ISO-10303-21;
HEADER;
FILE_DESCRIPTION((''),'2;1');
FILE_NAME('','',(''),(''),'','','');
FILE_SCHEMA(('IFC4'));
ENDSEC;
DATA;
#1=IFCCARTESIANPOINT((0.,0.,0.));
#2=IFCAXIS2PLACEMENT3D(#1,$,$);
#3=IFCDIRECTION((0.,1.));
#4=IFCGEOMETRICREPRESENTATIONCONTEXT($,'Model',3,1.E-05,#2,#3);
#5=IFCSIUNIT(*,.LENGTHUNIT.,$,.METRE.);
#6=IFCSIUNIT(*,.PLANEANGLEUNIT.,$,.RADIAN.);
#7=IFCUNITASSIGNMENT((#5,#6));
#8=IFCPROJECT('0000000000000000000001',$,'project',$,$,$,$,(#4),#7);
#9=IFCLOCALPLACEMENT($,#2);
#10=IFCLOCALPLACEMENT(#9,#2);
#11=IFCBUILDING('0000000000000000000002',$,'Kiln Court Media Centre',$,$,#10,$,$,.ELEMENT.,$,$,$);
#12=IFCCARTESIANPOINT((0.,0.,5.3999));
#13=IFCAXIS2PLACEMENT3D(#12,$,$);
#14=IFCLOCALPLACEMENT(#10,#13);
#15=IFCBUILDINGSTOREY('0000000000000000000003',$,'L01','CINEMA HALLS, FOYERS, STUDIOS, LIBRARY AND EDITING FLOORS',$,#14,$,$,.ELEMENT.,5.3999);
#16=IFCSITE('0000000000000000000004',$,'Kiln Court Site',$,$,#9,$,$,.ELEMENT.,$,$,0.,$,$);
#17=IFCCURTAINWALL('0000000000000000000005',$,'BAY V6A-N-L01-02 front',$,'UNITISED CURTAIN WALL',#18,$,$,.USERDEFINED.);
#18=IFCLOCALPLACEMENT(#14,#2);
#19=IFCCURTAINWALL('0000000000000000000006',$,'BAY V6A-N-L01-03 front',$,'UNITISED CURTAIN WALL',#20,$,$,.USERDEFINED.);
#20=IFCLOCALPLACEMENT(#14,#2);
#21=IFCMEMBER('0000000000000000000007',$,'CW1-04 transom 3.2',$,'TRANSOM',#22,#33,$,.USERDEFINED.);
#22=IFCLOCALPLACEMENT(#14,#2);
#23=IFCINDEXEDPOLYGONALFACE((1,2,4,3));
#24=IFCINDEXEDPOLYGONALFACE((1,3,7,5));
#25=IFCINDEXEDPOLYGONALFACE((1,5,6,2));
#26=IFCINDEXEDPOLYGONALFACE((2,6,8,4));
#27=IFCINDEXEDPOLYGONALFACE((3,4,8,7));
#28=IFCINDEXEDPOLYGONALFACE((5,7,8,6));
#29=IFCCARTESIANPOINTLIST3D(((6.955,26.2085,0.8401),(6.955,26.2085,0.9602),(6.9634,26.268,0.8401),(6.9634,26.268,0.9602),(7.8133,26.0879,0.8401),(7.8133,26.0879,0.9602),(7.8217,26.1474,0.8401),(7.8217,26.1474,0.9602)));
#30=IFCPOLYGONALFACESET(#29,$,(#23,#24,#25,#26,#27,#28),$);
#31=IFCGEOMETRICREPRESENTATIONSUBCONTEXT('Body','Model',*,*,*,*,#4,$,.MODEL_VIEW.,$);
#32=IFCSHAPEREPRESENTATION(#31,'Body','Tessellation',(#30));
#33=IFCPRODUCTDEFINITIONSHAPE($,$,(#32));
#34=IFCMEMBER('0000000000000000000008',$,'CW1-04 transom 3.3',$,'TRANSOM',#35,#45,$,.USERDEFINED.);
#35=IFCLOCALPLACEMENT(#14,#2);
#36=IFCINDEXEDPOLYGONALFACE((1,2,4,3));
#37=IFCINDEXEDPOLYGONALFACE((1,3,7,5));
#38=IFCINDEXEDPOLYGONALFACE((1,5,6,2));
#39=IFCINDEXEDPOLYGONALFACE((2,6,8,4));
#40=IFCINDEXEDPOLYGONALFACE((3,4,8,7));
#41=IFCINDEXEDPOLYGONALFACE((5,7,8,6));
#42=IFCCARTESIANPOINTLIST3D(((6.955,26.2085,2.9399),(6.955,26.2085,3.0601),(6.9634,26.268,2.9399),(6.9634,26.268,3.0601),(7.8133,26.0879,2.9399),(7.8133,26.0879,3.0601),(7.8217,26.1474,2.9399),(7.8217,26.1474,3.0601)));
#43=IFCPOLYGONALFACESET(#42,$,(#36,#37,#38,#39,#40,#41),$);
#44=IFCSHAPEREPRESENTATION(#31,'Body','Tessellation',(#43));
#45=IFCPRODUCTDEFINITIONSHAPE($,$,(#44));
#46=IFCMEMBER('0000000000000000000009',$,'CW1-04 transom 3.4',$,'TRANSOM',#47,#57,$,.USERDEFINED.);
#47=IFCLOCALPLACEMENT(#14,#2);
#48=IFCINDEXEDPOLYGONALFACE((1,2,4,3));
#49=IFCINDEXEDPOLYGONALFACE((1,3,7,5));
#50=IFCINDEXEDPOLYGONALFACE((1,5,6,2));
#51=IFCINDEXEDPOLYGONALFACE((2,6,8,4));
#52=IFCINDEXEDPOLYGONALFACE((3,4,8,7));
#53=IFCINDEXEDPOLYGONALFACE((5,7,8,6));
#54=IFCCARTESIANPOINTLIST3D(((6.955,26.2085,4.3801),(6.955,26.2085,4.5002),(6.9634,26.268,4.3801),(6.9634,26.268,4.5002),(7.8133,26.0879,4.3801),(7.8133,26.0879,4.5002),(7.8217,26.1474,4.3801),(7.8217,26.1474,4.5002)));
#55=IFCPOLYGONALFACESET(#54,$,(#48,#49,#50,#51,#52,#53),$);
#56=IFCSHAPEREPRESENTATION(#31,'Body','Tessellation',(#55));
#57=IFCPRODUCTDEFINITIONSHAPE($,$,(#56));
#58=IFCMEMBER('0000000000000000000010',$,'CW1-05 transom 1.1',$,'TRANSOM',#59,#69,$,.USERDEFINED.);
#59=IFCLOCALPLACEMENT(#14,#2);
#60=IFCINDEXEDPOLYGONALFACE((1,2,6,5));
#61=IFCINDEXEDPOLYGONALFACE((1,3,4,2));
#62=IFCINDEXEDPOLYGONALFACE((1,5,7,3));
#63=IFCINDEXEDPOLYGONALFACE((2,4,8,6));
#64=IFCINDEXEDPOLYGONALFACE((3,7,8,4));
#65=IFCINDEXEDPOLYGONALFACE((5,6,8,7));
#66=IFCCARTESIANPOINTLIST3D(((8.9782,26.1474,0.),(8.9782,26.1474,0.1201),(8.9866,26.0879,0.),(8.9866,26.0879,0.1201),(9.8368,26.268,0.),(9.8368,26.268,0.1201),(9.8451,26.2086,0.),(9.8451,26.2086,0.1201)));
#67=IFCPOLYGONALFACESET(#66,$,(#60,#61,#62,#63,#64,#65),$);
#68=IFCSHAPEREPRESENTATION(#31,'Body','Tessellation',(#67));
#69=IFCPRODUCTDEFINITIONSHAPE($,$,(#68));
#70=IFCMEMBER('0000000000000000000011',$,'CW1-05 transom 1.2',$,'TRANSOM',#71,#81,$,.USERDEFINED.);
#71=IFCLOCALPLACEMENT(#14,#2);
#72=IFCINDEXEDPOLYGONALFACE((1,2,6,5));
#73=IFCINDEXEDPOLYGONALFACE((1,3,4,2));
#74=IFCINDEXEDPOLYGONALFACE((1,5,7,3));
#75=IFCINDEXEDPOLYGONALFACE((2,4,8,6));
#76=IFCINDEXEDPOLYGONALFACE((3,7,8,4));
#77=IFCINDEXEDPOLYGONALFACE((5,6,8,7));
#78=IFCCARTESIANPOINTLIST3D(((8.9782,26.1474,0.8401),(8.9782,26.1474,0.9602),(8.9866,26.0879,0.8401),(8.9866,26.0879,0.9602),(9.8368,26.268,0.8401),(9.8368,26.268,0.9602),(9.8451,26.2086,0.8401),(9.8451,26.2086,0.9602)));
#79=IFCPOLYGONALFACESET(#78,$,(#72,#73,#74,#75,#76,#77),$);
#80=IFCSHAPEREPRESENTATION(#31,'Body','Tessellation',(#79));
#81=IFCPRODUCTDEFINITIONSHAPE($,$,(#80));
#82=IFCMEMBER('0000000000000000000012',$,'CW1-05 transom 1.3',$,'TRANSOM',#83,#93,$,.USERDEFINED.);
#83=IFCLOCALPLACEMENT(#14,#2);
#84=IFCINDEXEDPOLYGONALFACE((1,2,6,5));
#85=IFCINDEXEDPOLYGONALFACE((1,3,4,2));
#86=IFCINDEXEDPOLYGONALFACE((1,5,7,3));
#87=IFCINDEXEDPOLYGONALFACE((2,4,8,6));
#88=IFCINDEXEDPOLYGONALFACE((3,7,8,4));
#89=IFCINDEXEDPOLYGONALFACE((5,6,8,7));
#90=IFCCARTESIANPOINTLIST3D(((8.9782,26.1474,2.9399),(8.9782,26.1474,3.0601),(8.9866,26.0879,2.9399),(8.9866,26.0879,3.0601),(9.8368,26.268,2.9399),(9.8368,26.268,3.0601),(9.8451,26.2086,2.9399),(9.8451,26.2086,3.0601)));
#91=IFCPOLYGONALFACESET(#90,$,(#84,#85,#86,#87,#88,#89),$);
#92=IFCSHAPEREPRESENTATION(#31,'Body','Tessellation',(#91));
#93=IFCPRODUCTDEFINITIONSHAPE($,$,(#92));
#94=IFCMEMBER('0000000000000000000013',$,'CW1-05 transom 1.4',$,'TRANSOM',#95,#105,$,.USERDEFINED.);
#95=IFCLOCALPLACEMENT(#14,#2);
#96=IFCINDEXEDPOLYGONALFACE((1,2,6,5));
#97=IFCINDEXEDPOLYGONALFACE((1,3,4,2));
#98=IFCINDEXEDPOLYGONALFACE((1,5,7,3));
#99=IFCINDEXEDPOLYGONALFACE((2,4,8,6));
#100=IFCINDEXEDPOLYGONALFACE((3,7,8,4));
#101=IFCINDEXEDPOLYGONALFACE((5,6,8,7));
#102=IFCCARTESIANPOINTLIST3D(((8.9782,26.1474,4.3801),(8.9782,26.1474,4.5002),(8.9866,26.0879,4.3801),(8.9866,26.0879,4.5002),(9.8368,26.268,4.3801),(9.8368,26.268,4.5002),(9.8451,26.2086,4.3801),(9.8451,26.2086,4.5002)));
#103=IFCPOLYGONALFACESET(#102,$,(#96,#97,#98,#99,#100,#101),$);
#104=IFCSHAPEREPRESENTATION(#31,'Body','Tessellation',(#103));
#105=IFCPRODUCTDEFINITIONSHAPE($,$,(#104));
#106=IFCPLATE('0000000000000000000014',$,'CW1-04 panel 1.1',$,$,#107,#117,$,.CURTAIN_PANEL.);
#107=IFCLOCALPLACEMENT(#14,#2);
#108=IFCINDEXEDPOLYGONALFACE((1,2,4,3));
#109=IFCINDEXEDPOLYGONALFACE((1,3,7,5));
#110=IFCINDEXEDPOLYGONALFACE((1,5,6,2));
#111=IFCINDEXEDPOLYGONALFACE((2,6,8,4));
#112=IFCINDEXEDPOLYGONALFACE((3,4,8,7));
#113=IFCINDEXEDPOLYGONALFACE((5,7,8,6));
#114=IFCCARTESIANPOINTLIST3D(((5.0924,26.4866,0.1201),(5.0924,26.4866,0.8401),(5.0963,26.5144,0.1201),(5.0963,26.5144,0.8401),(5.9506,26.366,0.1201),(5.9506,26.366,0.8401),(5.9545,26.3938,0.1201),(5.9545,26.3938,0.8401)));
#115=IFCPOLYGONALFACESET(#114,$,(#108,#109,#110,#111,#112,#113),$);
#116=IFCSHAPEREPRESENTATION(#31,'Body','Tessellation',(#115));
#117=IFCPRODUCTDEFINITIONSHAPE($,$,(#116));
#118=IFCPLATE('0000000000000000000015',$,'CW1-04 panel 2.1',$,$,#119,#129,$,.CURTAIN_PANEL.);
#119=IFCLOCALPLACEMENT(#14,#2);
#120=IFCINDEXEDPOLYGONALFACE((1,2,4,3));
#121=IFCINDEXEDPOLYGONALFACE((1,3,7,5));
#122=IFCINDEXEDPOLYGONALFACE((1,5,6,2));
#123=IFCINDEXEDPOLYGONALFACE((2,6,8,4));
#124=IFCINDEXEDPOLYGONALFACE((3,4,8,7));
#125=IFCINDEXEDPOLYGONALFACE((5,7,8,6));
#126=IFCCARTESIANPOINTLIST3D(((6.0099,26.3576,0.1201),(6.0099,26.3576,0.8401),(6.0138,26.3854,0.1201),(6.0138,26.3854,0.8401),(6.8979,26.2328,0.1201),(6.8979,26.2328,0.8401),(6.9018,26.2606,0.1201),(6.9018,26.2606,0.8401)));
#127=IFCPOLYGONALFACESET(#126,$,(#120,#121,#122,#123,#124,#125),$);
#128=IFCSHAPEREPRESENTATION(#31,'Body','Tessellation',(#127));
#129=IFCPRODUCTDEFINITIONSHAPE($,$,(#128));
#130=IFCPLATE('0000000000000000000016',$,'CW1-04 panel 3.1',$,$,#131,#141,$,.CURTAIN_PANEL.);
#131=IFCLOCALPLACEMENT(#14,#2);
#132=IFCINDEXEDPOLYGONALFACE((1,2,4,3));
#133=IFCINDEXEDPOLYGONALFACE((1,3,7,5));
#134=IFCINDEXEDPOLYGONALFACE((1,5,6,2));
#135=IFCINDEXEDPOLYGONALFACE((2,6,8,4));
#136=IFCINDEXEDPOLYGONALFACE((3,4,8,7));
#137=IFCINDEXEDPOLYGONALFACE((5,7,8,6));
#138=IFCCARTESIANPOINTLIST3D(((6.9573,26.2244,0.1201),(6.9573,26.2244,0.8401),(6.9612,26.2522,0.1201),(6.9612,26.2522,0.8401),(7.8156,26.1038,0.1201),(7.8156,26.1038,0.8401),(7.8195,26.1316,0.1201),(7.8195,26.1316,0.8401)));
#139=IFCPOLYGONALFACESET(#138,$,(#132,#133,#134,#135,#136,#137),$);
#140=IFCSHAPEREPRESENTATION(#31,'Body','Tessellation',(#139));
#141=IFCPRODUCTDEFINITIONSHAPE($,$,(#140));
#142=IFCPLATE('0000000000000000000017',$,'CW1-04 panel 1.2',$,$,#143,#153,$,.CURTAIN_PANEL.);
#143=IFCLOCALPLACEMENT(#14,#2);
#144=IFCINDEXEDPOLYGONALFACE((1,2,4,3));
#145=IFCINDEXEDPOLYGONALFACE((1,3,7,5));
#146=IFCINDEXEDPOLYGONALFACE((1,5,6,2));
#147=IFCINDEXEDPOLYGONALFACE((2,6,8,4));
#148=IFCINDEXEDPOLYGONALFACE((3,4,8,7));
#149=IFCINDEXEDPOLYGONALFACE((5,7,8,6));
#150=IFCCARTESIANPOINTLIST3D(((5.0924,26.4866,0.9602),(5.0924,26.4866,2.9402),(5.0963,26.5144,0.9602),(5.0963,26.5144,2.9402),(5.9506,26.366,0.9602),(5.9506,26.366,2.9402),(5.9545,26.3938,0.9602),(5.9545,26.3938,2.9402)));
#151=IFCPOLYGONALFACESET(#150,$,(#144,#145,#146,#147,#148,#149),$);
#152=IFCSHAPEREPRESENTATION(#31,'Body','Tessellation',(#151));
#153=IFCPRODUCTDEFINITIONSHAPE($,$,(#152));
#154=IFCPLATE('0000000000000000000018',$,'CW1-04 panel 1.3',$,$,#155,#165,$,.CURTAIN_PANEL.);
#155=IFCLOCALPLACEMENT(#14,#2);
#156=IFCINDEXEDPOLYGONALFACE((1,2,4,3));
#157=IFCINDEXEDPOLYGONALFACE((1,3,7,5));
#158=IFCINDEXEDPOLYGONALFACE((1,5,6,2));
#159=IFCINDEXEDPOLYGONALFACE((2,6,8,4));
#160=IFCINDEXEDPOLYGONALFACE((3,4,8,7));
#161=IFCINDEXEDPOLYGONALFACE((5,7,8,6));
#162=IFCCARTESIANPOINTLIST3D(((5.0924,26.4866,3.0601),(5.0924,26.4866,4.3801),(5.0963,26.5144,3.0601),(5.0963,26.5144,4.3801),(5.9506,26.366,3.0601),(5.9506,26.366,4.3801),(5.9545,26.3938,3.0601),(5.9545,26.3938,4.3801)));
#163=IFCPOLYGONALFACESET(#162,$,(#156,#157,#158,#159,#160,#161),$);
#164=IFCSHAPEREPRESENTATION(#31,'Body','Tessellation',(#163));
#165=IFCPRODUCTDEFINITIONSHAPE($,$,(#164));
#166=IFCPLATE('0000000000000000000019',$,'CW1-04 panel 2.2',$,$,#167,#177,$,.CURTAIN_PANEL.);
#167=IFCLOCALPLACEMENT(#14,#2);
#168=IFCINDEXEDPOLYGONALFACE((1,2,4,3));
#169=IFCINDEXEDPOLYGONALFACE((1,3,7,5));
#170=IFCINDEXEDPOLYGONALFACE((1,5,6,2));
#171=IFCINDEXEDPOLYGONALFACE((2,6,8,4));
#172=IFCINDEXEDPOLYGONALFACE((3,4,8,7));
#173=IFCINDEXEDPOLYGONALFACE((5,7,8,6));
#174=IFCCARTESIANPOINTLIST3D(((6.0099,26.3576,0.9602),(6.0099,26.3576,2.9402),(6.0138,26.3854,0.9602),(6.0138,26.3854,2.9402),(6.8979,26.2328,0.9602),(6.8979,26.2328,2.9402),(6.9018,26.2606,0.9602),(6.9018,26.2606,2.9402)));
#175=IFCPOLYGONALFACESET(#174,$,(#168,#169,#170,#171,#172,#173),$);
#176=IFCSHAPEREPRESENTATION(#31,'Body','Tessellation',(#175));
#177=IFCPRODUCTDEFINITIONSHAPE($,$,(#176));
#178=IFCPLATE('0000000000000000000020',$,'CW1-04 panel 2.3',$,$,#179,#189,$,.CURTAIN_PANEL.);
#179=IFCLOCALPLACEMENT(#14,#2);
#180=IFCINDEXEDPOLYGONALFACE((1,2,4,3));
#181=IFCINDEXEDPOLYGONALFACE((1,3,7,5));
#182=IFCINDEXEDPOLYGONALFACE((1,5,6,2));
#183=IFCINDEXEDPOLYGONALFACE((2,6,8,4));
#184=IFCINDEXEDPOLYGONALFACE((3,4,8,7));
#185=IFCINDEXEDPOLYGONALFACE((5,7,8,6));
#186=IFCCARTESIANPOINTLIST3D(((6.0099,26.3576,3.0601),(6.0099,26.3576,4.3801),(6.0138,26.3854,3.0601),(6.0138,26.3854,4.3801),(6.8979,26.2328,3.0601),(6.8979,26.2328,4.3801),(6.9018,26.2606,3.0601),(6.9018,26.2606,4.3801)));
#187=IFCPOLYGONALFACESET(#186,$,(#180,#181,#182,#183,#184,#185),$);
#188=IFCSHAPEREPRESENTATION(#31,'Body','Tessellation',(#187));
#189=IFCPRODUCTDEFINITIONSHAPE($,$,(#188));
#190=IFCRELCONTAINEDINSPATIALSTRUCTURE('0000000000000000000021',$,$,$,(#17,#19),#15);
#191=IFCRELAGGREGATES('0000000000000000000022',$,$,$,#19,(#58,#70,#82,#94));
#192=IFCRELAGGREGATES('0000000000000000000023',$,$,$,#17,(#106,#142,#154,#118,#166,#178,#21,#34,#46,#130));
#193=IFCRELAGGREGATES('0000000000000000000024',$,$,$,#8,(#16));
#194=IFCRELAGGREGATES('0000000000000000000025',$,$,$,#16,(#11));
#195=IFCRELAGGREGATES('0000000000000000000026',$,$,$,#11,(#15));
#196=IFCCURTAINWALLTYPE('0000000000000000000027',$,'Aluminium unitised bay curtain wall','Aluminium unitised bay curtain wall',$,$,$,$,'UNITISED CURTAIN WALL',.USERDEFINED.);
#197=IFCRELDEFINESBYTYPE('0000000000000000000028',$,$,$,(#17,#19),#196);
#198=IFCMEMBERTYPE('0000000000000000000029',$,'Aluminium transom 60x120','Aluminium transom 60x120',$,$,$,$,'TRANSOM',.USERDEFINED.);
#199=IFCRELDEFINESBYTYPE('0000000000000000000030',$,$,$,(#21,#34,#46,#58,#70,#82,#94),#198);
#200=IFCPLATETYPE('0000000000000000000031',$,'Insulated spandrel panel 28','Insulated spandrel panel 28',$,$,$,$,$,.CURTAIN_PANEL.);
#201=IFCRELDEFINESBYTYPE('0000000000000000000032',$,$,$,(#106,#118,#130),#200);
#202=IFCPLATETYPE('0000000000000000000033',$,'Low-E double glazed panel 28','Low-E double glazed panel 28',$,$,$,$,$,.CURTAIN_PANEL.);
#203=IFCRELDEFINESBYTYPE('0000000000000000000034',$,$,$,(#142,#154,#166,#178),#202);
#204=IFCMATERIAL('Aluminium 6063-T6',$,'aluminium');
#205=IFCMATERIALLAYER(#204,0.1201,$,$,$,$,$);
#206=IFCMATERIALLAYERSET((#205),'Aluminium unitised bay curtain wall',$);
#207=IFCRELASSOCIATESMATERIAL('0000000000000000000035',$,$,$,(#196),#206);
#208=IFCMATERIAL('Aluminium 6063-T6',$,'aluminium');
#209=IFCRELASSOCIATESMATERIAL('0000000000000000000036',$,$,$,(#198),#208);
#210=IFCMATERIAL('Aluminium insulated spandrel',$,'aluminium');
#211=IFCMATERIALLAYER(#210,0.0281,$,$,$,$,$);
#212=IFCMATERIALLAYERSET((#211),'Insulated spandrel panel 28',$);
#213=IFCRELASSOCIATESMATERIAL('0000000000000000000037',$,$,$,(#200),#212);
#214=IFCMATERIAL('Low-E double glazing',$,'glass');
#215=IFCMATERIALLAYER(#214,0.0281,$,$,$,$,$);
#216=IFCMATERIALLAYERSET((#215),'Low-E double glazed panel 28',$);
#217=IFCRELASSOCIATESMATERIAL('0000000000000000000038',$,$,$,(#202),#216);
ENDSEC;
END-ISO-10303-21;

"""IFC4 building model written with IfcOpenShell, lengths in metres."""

from ifc_helpers import new_model, si_unit, direction, frame, origin, origin_2d, place, context, subcontext, project, spatial, rectangle, extrude, material, layer, layer_set, material_profile, profile_set, type_object, element, aggregate, save


model = new_model("IFC4")

# Units and contexts
model_context = context("Model", 3, precision=1e-05, world=origin(), true_north=direction((0.0, 1.0)))
body_context = subcontext(model_context, "Body", "Model", "MODEL_VIEW")
ifc_project = project(units=[si_unit("LENGTHUNIT", "METRE"), si_unit("PLANEANGLEUNIT", "RADIAN")], contexts=[model_context])

# Site, building, storey
site_placement = place(None, origin())
site = spatial("IfcSite", under=ifc_project, at=site_placement, Name="Kiln Court Site", CompositionType="ELEMENT", RefElevation=0.0)
building_placement = place(site_placement, origin())
building = spatial("IfcBuilding", under=site, at=building_placement, Name="Kiln Court Media Centre", CompositionType="ELEMENT")
storey_placement = place(building_placement, frame((0.0, 0.0, 5.3999)))
storey = spatial("IfcBuildingStorey", under=building, at=storey_placement, Name="L01", Description="CINEMA HALLS, FOYERS, STUDIOS, LIBRARY AND EDITING FLOORS", CompositionType="ELEMENT", Elevation=5.3999)

# Curtain wall
ifc_material_1 = material(Name="Aluminium 6063-T6", Category="aluminium")
ifc_layer_1 = layer(ifc_material_1, 0.1201)
ifc_layer_set_1 = layer_set([ifc_layer_1], Name="Aluminium unitised bay curtain wall")
curtain_wall_type = type_object("IfcCurtainWallType", Name="Aluminium unitised bay curtain wall", Description="Aluminium unitised bay curtain wall", ElementType="UNITISED CURTAIN WALL", PredefinedType="USERDEFINED", material=ifc_layer_set_1)
curtain_wall_1_placement = place(storey_placement, origin())
curtain_wall_1 = element("IfcCurtainWall", 1, at=curtain_wall_1_placement, inside=storey, type_object=curtain_wall_type, Name="BAY V6A-N-L01-02 front", ObjectType="UNITISED CURTAIN WALL", PredefinedType="USERDEFINED")

# Curtain wall
curtain_wall_2_placement = place(storey_placement, origin())
curtain_wall_2 = element("IfcCurtainWall", 2, at=curtain_wall_2_placement, inside=storey, type_object=curtain_wall_type, Name="BAY V6A-N-L01-03 front", ObjectType="UNITISED CURTAIN WALL", PredefinedType="USERDEFINED")

# Members
ifc_material_2 = material(Name="Aluminium 6063-T6", Category="aluminium")
ifc_material_profile_1 = material_profile(ifc_material_2, rectangle(XDim=0.0601, YDim=0.1201, at=origin_2d()), Name="Aluminium transom 60x120")
ifc_profile_set_1 = profile_set([ifc_material_profile_1], Name="Aluminium 6063-T6")
member_type_1 = type_object("IfcMemberType", Name="Aluminium transom 60x120", Description="Aluminium transom 60x120", ElementType="TRANSOM", PredefinedType="USERDEFINED", material=ifc_profile_set_1)
member_1_placement = place(storey_placement, frame((6.9592, 26.2383, 0.9001), z_axis=(0.990268, -0.139173, 0.0), x_axis=(0.139173, 0.990268, 0.0)))
member_1 = element("IfcMember", 3, at=member_1_placement, type_object=member_type_1, Name="CW1-04 transom 3.2", ObjectType="TRANSOM", PredefinedType="USERDEFINED", context=body_context, shape_type="SweptSolid", body=[
    extrude(rectangle(XDim=0.0601, YDim=0.1201, at=origin_2d()), origin(), (0.0, 0.0, 1.0), 0.8667),
])
member_2_placement = place(storey_placement, frame((6.9592, 26.2383, 3.0), z_axis=(0.990268, -0.139173, 0.0), x_axis=(0.139173, 0.990268, 0.0)))
member_2 = element("IfcMember", 4, at=member_2_placement, type_object=member_type_1, Name="CW1-04 transom 3.3", ObjectType="TRANSOM", PredefinedType="USERDEFINED", context=body_context, shape_type="SweptSolid", body=[
    extrude(rectangle(XDim=0.0601, YDim=0.1201, at=origin_2d()), origin(), (0.0, 0.0, 1.0), 0.8667),
])
member_3_placement = place(storey_placement, frame((6.9592, 26.2383, 4.4402), z_axis=(0.990268, -0.139173, 0.0), x_axis=(0.139173, 0.990268, 0.0)))
member_3 = element("IfcMember", 5, at=member_3_placement, type_object=member_type_1, Name="CW1-04 transom 3.4", ObjectType="TRANSOM", PredefinedType="USERDEFINED", context=body_context, shape_type="SweptSolid", body=[
    extrude(rectangle(XDim=0.0601, YDim=0.1201, at=origin_2d()), origin(), (0.0, 0.0, 1.0), 0.8667),
])
member_4_placement = place(storey_placement, frame((8.9824, 26.1177, 0.0601), z_axis=(0.990274, 0.139134, 0.0), x_axis=(-0.139134, 0.990274, 0.0)))
member_4 = element("IfcMember", 6, at=member_4_placement, type_object=member_type_1, Name="CW1-05 transom 1.1", ObjectType="TRANSOM", PredefinedType="USERDEFINED", context=body_context, shape_type="SweptSolid", body=[
    extrude(rectangle(XDim=0.0601, YDim=0.1201, at=origin_2d()), origin(), (0.0, 0.0, 1.0), 0.8669),
])
member_5_placement = place(storey_placement, frame((8.9824, 26.1177, 0.9001), z_axis=(0.990274, 0.139134, 0.0), x_axis=(-0.139134, 0.990274, 0.0)))
member_5 = element("IfcMember", 7, at=member_5_placement, type_object=member_type_1, Name="CW1-05 transom 1.2", ObjectType="TRANSOM", PredefinedType="USERDEFINED", context=body_context, shape_type="SweptSolid", body=[
    extrude(rectangle(XDim=0.0601, YDim=0.1201, at=origin_2d()), origin(), (0.0, 0.0, 1.0), 0.8669),
])
member_6_placement = place(storey_placement, frame((8.9824, 26.1177, 3.0), z_axis=(0.990274, 0.139134, 0.0), x_axis=(-0.139134, 0.990274, 0.0)))
member_6 = element("IfcMember", 8, at=member_6_placement, type_object=member_type_1, Name="CW1-05 transom 1.3", ObjectType="TRANSOM", PredefinedType="USERDEFINED", context=body_context, shape_type="SweptSolid", body=[
    extrude(rectangle(XDim=0.0601, YDim=0.1201, at=origin_2d()), origin(), (0.0, 0.0, 1.0), 0.8669),
])
member_7_placement = place(storey_placement, frame((8.9824, 26.1177, 4.4402), z_axis=(0.990274, 0.139134, 0.0), x_axis=(-0.139134, 0.990274, 0.0)))
member_7 = element("IfcMember", 9, at=member_7_placement, type_object=member_type_1, Name="CW1-05 transom 1.4", ObjectType="TRANSOM", PredefinedType="USERDEFINED", context=body_context, shape_type="SweptSolid", body=[
    extrude(rectangle(XDim=0.0601, YDim=0.1201, at=origin_2d()), origin(), (0.0, 0.0, 1.0), 0.8669),
])
aggregate(curtain_wall_2, [member_4, member_5, member_6, member_7])

# Plates
ifc_material_3 = material(Name="Aluminium insulated spandrel", Category="aluminium")
ifc_layer_2 = layer(ifc_material_3, 0.0281)
ifc_layer_set_2 = layer_set([ifc_layer_2], Name="Insulated spandrel panel 28")
plate_type_1 = type_object("IfcPlateType", Name="Insulated spandrel panel 28", Description="Insulated spandrel panel 28", PredefinedType="CURTAIN_PANEL", material=ifc_layer_set_2)
plate_1_placement = place(storey_placement, frame((5.5234, 26.4402, 0.1201), z_axis=(0.0, 0.0, 1.0), x_axis=(0.99027, -0.139162, 0.0)))
plate_1 = element("IfcPlate", 10, at=plate_1_placement, type_object=plate_type_1, Name="CW1-04 panel 1.1", PredefinedType="CURTAIN_PANEL", context=body_context, shape_type="SweptSolid", body=[
    extrude(rectangle(XDim=0.8667, YDim=0.0281, at=origin_2d()), origin(), (0.0, 0.0, 1.0), 0.72),
])
plate_2_placement = place(storey_placement, frame((6.4558, 26.3091, 0.1201), z_axis=(0.0, 0.0, 1.0), x_axis=(0.99027, -0.139162, 0.0)))
plate_2 = element("IfcPlate", 11, at=plate_2_placement, type_object=plate_type_1, Name="CW1-04 panel 2.1", PredefinedType="CURTAIN_PANEL", context=body_context, shape_type="SweptSolid", body=[
    extrude(rectangle(XDim=0.8967, YDim=0.0281, at=origin_2d()), origin(), (0.0, 0.0, 1.0), 0.72),
])
plate_3_placement = place(storey_placement, frame((7.3884, 26.178, 0.1201), z_axis=(0.0, 0.0, 1.0), x_axis=(0.99027, -0.139162, 0.0)))
plate_3 = element("IfcPlate", 12, at=plate_3_placement, type_object=plate_type_1, Name="CW1-04 panel 3.1", PredefinedType="CURTAIN_PANEL", context=body_context, shape_type="SweptSolid", body=[
    extrude(rectangle(XDim=0.8667, YDim=0.0281, at=origin_2d()), origin(), (0.0, 0.0, 1.0), 0.72),
])
ifc_material_4 = material(Name="Low-E double glazing", Category="glass")
ifc_layer_3 = layer(ifc_material_4, 0.0281)
ifc_layer_set_3 = layer_set([ifc_layer_3], Name="Low-E double glazed panel 28")
plate_type_2 = type_object("IfcPlateType", Name="Low-E double glazed panel 28", Description="Low-E double glazed panel 28", PredefinedType="CURTAIN_PANEL", material=ifc_layer_set_3)
plate_4_placement = place(storey_placement, frame((5.5234, 26.4402, 0.9602), z_axis=(0.0, 0.0, 1.0), x_axis=(0.99027, -0.139162, 0.0)))
plate_4 = element("IfcPlate", 13, at=plate_4_placement, type_object=plate_type_2, Name="CW1-04 panel 1.2", PredefinedType="CURTAIN_PANEL", context=body_context, shape_type="SweptSolid", body=[
    extrude(rectangle(XDim=0.8667, YDim=0.0281, at=origin_2d()), origin(), (0.0, 0.0, 1.0), 1.98),
])
plate_5_placement = place(storey_placement, frame((5.5234, 26.4402, 3.0601), z_axis=(0.0, 0.0, 1.0), x_axis=(0.99027, -0.139162, 0.0)))
plate_5 = element("IfcPlate", 14, at=plate_5_placement, type_object=plate_type_2, Name="CW1-04 panel 1.3", PredefinedType="CURTAIN_PANEL", context=body_context, shape_type="SweptSolid", body=[
    extrude(rectangle(XDim=0.8667, YDim=0.0281, at=origin_2d()), origin(), (0.0, 0.0, 1.0), 1.3201),
])
plate_6_placement = place(storey_placement, frame((6.4558, 26.3091, 0.9602), z_axis=(0.0, 0.0, 1.0), x_axis=(0.99027, -0.139162, 0.0)))
plate_6 = element("IfcPlate", 15, at=plate_6_placement, type_object=plate_type_2, Name="CW1-04 panel 2.2", PredefinedType="CURTAIN_PANEL", context=body_context, shape_type="SweptSolid", body=[
    extrude(rectangle(XDim=0.8967, YDim=0.0281, at=origin_2d()), origin(), (0.0, 0.0, 1.0), 1.98),
])
plate_7_placement = place(storey_placement, frame((6.4558, 26.3091, 3.0601), z_axis=(0.0, 0.0, 1.0), x_axis=(0.99027, -0.139162, 0.0)))
plate_7 = element("IfcPlate", 16, at=plate_7_placement, type_object=plate_type_2, Name="CW1-04 panel 2.3", PredefinedType="CURTAIN_PANEL", context=body_context, shape_type="SweptSolid", body=[
    extrude(rectangle(XDim=0.8967, YDim=0.0281, at=origin_2d()), origin(), (0.0, 0.0, 1.0), 1.3201),
])
aggregate(curtain_wall_1, [plate_1, plate_4, plate_5, plate_2, plate_6, plate_7, member_1, member_2, member_3, plate_3])

save(model, "model.ifc")
